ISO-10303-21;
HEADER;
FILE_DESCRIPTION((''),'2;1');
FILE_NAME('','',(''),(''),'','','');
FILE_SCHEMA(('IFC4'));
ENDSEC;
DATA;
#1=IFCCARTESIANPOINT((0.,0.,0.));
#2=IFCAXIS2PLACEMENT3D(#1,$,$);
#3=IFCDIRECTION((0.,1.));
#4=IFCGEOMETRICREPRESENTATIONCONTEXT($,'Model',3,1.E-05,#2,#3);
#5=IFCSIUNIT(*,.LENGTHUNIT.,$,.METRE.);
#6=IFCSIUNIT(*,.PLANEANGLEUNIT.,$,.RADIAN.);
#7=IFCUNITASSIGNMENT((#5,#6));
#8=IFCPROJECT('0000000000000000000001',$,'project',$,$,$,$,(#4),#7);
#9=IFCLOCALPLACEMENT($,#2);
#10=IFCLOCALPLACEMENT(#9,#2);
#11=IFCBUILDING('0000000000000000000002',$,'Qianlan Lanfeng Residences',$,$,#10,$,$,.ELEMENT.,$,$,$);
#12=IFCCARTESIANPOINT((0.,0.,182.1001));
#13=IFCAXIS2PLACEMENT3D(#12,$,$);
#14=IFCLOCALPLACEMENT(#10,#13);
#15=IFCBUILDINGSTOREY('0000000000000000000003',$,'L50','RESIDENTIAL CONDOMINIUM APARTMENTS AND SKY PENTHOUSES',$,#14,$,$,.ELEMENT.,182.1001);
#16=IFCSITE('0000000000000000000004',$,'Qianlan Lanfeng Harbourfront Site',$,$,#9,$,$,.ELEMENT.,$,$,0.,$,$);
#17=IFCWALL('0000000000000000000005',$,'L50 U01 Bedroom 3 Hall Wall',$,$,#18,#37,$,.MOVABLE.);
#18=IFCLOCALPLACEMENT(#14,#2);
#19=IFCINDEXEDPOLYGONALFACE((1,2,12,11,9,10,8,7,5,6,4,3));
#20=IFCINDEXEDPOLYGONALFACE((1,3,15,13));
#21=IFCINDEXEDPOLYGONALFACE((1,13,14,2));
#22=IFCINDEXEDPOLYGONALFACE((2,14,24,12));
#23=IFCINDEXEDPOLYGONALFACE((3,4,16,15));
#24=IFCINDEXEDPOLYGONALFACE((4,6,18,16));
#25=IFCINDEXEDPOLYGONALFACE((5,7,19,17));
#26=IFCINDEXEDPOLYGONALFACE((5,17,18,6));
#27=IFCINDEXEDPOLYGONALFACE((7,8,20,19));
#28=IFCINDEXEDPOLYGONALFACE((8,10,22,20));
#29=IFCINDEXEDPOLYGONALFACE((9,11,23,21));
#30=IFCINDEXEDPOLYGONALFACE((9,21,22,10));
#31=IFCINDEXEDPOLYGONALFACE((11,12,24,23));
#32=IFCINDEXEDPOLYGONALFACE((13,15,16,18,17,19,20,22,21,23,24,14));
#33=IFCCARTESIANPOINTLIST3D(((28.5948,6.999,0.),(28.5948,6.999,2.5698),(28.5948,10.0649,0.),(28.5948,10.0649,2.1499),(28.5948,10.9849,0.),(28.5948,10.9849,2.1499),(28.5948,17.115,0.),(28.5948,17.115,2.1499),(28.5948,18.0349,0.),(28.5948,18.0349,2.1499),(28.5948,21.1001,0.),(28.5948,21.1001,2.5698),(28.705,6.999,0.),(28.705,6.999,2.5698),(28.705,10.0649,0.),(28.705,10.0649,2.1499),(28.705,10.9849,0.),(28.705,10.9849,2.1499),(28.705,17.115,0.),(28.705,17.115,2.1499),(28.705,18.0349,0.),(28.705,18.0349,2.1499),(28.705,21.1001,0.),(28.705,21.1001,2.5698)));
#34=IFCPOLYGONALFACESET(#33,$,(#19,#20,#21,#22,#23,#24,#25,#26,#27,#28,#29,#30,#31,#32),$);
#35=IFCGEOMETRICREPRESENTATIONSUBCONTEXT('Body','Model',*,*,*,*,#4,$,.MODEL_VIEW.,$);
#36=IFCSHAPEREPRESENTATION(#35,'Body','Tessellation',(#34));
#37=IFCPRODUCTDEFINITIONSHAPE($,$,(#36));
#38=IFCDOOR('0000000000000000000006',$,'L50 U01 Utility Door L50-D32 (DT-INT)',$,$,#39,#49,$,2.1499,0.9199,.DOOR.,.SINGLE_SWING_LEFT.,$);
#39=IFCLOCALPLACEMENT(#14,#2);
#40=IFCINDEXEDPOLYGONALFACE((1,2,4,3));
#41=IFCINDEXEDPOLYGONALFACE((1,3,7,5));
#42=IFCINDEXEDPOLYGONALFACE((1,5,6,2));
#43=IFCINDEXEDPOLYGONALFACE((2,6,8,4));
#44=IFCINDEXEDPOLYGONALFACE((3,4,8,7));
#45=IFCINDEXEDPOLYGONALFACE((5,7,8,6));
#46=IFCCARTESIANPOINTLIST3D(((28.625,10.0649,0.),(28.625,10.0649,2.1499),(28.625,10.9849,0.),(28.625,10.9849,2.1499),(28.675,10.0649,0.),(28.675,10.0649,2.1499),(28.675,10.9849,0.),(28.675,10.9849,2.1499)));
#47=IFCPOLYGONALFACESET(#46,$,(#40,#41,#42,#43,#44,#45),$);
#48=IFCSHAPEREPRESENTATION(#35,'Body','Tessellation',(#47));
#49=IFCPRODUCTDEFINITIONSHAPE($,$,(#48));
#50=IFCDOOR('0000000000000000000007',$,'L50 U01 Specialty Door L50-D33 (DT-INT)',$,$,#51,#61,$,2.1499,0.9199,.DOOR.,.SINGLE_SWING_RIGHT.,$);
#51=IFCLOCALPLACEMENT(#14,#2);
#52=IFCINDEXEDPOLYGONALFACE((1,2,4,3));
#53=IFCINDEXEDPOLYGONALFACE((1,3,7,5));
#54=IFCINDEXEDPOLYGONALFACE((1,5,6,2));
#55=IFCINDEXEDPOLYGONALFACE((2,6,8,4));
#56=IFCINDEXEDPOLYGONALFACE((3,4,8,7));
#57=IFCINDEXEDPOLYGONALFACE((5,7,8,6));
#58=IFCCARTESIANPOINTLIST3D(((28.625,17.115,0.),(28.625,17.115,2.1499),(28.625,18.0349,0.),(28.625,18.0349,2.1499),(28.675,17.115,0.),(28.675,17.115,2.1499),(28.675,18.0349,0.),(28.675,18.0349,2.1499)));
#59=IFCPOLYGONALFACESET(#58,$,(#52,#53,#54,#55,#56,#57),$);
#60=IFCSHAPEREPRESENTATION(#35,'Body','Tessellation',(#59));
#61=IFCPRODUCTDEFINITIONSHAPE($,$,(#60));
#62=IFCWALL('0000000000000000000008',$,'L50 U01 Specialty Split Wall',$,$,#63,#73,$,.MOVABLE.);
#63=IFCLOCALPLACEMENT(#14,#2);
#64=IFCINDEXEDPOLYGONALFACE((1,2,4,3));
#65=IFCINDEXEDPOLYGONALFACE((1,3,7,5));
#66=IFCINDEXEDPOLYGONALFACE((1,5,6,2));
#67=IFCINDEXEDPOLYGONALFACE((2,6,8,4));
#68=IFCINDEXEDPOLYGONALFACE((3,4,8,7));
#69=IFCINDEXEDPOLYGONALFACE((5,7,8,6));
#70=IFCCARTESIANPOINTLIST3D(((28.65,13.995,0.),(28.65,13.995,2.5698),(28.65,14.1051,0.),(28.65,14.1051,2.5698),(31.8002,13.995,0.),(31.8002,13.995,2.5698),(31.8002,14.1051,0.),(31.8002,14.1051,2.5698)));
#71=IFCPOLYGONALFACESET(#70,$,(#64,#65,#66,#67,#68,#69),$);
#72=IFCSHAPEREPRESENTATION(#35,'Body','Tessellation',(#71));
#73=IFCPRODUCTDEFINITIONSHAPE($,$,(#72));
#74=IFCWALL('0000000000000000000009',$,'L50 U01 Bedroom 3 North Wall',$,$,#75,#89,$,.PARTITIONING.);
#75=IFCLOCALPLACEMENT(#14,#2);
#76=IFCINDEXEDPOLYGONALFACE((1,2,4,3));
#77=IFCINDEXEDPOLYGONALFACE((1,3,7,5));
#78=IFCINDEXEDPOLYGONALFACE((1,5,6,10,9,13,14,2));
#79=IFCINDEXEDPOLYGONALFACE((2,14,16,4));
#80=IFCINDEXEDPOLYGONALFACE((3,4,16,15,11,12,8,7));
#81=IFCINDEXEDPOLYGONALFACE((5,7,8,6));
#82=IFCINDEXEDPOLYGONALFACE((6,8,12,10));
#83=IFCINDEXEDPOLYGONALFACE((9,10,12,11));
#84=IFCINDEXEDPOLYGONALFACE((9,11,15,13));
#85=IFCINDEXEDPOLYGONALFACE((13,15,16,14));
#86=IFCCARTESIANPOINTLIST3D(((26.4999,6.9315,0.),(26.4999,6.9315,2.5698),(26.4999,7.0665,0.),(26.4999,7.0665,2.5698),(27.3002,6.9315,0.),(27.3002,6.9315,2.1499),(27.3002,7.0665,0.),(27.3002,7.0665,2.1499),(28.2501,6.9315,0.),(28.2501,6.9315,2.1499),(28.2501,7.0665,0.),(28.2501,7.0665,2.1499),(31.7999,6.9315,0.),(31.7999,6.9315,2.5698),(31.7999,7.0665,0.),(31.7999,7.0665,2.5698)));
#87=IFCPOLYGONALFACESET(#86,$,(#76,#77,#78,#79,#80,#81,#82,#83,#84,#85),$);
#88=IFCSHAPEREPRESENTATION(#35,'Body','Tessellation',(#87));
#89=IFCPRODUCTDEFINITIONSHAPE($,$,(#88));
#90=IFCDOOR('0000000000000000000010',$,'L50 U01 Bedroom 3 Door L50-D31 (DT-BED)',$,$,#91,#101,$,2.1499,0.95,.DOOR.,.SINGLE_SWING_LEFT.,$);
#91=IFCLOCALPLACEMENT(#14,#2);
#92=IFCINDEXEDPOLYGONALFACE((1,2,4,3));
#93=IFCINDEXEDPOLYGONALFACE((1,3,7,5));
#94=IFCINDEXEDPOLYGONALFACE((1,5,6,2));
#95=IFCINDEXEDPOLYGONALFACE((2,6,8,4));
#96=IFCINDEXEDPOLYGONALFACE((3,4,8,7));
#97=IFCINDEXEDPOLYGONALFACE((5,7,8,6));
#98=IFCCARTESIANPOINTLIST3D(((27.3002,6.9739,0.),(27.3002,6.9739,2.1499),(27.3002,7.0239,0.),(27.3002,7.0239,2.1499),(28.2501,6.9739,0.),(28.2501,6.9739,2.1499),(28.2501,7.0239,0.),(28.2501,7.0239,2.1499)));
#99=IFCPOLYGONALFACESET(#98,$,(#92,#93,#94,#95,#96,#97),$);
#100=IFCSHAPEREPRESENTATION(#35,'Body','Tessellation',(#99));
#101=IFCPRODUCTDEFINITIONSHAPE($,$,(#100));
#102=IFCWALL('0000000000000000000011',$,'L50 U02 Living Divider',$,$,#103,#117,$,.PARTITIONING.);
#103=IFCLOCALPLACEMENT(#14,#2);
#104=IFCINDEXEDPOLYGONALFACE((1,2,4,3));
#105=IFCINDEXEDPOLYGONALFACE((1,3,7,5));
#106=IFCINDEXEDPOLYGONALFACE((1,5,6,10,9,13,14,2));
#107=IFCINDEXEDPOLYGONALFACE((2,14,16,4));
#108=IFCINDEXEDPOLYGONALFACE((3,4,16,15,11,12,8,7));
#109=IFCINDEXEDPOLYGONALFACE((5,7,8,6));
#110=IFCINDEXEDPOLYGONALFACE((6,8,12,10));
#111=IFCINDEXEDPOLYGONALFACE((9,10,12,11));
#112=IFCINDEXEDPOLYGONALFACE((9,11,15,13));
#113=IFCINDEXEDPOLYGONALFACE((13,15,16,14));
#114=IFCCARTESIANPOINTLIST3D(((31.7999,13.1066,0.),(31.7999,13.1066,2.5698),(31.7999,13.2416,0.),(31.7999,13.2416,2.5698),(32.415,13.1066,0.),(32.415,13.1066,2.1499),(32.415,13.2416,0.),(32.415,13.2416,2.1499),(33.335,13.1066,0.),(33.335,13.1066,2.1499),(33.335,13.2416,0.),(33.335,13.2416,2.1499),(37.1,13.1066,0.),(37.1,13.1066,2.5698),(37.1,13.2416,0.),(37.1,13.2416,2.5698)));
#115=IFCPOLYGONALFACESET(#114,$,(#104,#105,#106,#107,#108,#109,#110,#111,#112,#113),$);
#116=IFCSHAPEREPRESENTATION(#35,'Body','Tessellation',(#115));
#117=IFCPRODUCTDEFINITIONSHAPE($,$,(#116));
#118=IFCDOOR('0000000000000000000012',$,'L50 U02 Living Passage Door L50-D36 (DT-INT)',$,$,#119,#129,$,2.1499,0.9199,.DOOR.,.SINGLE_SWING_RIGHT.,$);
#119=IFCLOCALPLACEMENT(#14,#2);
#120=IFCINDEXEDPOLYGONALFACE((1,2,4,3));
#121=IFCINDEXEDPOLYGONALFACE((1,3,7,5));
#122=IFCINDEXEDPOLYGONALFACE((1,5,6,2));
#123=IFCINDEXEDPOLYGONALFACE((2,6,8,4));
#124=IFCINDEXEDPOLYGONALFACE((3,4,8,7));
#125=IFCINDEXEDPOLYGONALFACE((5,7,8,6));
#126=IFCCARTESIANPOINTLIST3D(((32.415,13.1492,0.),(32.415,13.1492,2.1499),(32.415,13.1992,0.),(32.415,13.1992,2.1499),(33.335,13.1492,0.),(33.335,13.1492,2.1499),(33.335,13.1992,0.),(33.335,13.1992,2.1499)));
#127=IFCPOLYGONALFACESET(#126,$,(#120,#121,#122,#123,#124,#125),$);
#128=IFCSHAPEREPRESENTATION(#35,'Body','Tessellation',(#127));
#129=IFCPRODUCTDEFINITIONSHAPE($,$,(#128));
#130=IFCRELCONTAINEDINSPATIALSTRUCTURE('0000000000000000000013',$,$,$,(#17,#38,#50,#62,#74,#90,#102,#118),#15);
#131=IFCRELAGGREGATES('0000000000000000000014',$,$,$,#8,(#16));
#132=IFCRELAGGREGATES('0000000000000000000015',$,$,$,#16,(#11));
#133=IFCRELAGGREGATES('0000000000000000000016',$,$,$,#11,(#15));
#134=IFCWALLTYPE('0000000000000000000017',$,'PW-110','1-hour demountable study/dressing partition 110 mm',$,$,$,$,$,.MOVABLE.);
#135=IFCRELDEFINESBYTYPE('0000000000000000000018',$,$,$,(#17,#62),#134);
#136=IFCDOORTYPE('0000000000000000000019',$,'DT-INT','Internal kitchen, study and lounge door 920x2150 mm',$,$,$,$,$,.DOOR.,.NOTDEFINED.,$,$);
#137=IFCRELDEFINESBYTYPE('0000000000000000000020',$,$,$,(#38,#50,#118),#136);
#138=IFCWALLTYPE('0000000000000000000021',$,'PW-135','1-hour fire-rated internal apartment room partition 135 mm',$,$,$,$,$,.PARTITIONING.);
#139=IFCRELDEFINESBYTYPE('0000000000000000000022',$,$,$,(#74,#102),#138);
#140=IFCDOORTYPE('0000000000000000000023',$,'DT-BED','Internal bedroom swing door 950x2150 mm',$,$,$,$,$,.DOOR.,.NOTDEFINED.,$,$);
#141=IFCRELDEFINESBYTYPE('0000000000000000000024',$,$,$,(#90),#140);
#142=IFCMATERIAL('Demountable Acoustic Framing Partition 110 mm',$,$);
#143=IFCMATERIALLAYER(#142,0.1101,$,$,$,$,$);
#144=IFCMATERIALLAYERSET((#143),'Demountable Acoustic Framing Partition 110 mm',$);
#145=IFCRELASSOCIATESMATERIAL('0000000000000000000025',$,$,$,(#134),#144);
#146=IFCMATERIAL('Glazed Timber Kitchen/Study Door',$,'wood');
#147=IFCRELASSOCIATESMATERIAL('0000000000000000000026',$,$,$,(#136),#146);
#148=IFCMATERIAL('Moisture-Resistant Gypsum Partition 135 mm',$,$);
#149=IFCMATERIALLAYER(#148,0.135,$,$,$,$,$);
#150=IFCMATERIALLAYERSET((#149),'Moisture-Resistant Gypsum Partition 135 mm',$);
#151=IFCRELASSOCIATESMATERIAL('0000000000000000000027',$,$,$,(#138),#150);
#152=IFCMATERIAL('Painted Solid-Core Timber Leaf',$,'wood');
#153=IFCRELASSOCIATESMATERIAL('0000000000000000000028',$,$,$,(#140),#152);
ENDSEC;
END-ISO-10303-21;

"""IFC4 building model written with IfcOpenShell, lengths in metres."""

from ifc_helpers import new_model, si_unit, direction, frame, frame_2d, origin, place, context, subcontext, project, spatial, rectangle, extrude, material, layer, layer_set, type_object, element, fill, save


model = new_model("IFC4")

# Units and contexts
model_context = context("Model", 3, precision=1e-05, world=origin(), true_north=direction((0.0, 1.0)))
body_context = subcontext(model_context, "Body", "Model", "MODEL_VIEW")
ifc_project = project(units=[si_unit("LENGTHUNIT", "METRE"), si_unit("PLANEANGLEUNIT", "RADIAN")], contexts=[model_context])

# Site, building, storey
site_placement = place(None, origin())
site = spatial("IfcSite", under=ifc_project, at=site_placement, Name="Qianlan Lanfeng Harbourfront Site", CompositionType="ELEMENT", RefElevation=0.0)
building_placement = place(site_placement, origin())
building = spatial("IfcBuilding", under=site, at=building_placement, Name="Qianlan Lanfeng Residences", CompositionType="ELEMENT")
storey_placement = place(building_placement, frame((0.0, 0.0, 182.1001)))
storey = spatial("IfcBuildingStorey", under=building, at=storey_placement, Name="L50", Description="RESIDENTIAL CONDOMINIUM APARTMENTS AND SKY PENTHOUSES", CompositionType="ELEMENT", Elevation=182.1001)

# Shared definitions
ifc_material_1 = material(Name="Demountable Acoustic Framing Partition 110 mm")
ifc_layer_1 = layer(ifc_material_1, 0.1101)
ifc_layer_set_1 = layer_set([ifc_layer_1], Name="Demountable Acoustic Framing Partition 110 mm")
wall_type_1 = type_object("IfcWallType", Name="PW-110", Description="1-hour demountable study/dressing partition 110 mm", PredefinedType="MOVABLE", material=ifc_layer_set_1)
ifc_material_2 = material(Name="Glazed Timber Kitchen/Study Door", Category="wood")
door_type_1 = type_object("IfcDoorType", Name="DT-INT", Description="Internal kitchen, study and lounge door 920x2150 mm", OperationType="NOTDEFINED", PredefinedType="DOOR", material=ifc_material_2)

# Wall, openings, doors
wall_1_placement = place(storey_placement, frame((28.6499, 6.999, 0.0), z_axis=(0.0, 0.0, 1.0), x_axis=(0.0, 1.0, 0.0)))
wall_1 = element("IfcWall", 1, at=wall_1_placement, inside=storey, type_object=wall_type_1, Name="L50 U01 Bedroom 3 Hall Wall", PredefinedType="MOVABLE", context=body_context, shape_type="SweptSolid", body=[
    extrude(rectangle(XDim=14.1011, YDim=0.1101, at=frame_2d((7.0505, 0.0))), origin(), (0.0, 0.0, 1.0), 2.5698),
])
opening_1_placement = place(wall_1_placement, frame((3.0659, 0.0, 0.0)))
opening_1 = element("IfcOpeningElement", 2, at=opening_1_placement, cuts=wall_1, PredefinedType="OPENING", context=body_context, shape_type="SweptSolid", body=[
    extrude(rectangle(XDim=0.9199, YDim=2.1499, at=frame_2d((0.46, 1.075))), frame((0.0, 0.0649, 0.0), z_axis=(0.0, -1.0, 0.0), x_axis=(1.0, 0.0, 0.0)), (0.0, 0.0, 1.0), 0.1301),
])
opening_2_placement = place(wall_1_placement, frame((10.116, 0.0, 0.0)))
opening_2 = element("IfcOpeningElement", 3, at=opening_2_placement, cuts=wall_1, PredefinedType="OPENING", context=body_context, shape_type="SweptSolid", body=[
    extrude(rectangle(XDim=0.9199, YDim=2.1499, at=frame_2d((0.46, 1.075))), frame((0.0, 0.0649, 0.0), z_axis=(0.0, -1.0, 0.0), x_axis=(1.0, 0.0, 0.0)), (0.0, 0.0, 1.0), 0.1301),
])
door_1_placement = place(opening_1_placement, origin())
door_1 = element("IfcDoor", 4, at=door_1_placement, inside=storey, type_object=door_type_1, Name="L50 U01 Utility Door L50-D32 (DT-INT)", OperationType="SINGLE_SWING_LEFT", OverallHeight=2.1499, OverallWidth=0.9199, PredefinedType="DOOR", context=body_context, shape_type="SweptSolid", body=[
    extrude(rectangle(XDim=0.9199, YDim=2.1499, at=frame_2d((0.46, 1.075))), frame((0.0, 0.0249, 0.0), z_axis=(0.0, -1.0, 0.0), x_axis=(1.0, 0.0, 0.0)), (0.0, 0.0, 1.0), 0.05),
])
fill(opening_1, door_1)
door_2_placement = place(opening_2_placement, origin())
door_2 = element("IfcDoor", 5, at=door_2_placement, inside=storey, type_object=door_type_1, Name="L50 U01 Specialty Door L50-D33 (DT-INT)", OperationType="SINGLE_SWING_RIGHT", OverallHeight=2.1499, OverallWidth=0.9199, PredefinedType="DOOR", context=body_context, shape_type="SweptSolid", body=[
    extrude(rectangle(XDim=0.9199, YDim=2.1499, at=frame_2d((0.46, 1.075))), frame((0.0, 0.0249, 0.0), z_axis=(0.0, -1.0, 0.0), x_axis=(1.0, 0.0, 0.0)), (0.0, 0.0, 1.0), 0.05),
])
fill(opening_2, door_2)

# Wall
wall_2_placement = place(storey_placement, frame((28.6499, 14.05, 0.0), z_axis=(0.0, 0.0, 1.0), x_axis=(1.0, 0.0, 0.0)))
element("IfcWall", 6, at=wall_2_placement, inside=storey, type_object=wall_type_1, Name="L50 U01 Specialty Split Wall", PredefinedType="MOVABLE", context=body_context, shape_type="SweptSolid", body=[
    extrude(rectangle(XDim=3.1501, YDim=0.1101, at=frame_2d((1.5752, 0.0))), origin(), (0.0, 0.0, 1.0), 2.5698),
])

# Walls, openings, doors
ifc_material_3 = material(Name="Moisture-Resistant Gypsum Partition 135 mm")
ifc_layer_2 = layer(ifc_material_3, 0.135)
ifc_layer_set_2 = layer_set([ifc_layer_2], Name="Moisture-Resistant Gypsum Partition 135 mm")
wall_type_2 = type_object("IfcWallType", Name="PW-135", Description="1-hour fire-rated internal apartment room partition 135 mm", PredefinedType="PARTITIONING", material=ifc_layer_set_2)
wall_3_placement = place(storey_placement, frame((26.5, 6.999, 0.0), z_axis=(0.0, 0.0, 1.0), x_axis=(1.0, 0.0, 0.0)))
wall_3 = element("IfcWall", 7, at=wall_3_placement, inside=storey, type_object=wall_type_2, Name="L50 U01 Bedroom 3 North Wall", PredefinedType="PARTITIONING", context=body_context, shape_type="SweptSolid", body=[
    extrude(rectangle(XDim=5.3, YDim=0.135, at=frame_2d((2.6499, 0.0))), origin(), (0.0, 0.0, 1.0), 2.5698),
])
opening_3_placement = place(wall_3_placement, frame((0.8, 0.0, 0.0)))
opening_3 = element("IfcOpeningElement", 8, at=opening_3_placement, cuts=wall_3, PredefinedType="OPENING", context=body_context, shape_type="SweptSolid", body=[
    extrude(rectangle(XDim=0.95, YDim=2.1499, at=frame_2d((0.4751, 1.075))), frame((0.0, 0.0776, 0.0), z_axis=(0.0, -1.0, 0.0), x_axis=(1.0, 0.0, 0.0)), (0.0, 0.0, 1.0), 0.155),
])
ifc_material_4 = material(Name="Painted Solid-Core Timber Leaf", Category="wood")
door_type_2 = type_object("IfcDoorType", Name="DT-BED", Description="Internal bedroom swing door 950x2150 mm", OperationType="NOTDEFINED", PredefinedType="DOOR", material=ifc_material_4)
door_3_placement = place(opening_3_placement, origin())
door_3 = element("IfcDoor", 9, at=door_3_placement, inside=storey, type_object=door_type_2, Name="L50 U01 Bedroom 3 Door L50-D31 (DT-BED)", OperationType="SINGLE_SWING_LEFT", OverallHeight=2.1499, OverallWidth=0.95, PredefinedType="DOOR", context=body_context, shape_type="SweptSolid", body=[
    extrude(rectangle(XDim=0.95, YDim=2.1499, at=frame_2d((0.4751, 1.075))), frame((0.0, 0.0249, 0.0), z_axis=(0.0, -1.0, 0.0), x_axis=(1.0, 0.0, 0.0)), (0.0, 0.0, 1.0), 0.05),
])
fill(opening_3, door_3)
wall_4_placement = place(storey_placement, frame((31.8, 13.1741, 0.0), z_axis=(0.0, 0.0, 1.0), x_axis=(1.0, 0.0, 0.0)))
wall_4 = element("IfcWall", 10, at=wall_4_placement, inside=storey, type_object=wall_type_2, Name="L50 U02 Living Divider", PredefinedType="PARTITIONING", context=body_context, shape_type="SweptSolid", body=[
    extrude(rectangle(XDim=5.3, YDim=0.135, at=frame_2d((2.6499, 0.0))), origin(), (0.0, 0.0, 1.0), 2.5698),
])
opening_4_placement = place(wall_4_placement, frame((0.615, 0.0, 0.0)))
opening_4 = element("IfcOpeningElement", 11, at=opening_4_placement, cuts=wall_4, PredefinedType="OPENING", context=body_context, shape_type="SweptSolid", body=[
    extrude(rectangle(XDim=0.9199, YDim=2.1499, at=frame_2d((0.46, 1.075))), frame((0.0, 0.0776, 0.0), z_axis=(0.0, -1.0, 0.0), x_axis=(1.0, 0.0, 0.0)), (0.0, 0.0, 1.0), 0.155),
])
door_4_placement = place(opening_4_placement, frame((0.9199, 0.0, 0.0), z_axis=(0.0, 0.0, 1.0), x_axis=(-1.0, 0.0, 0.0)))
door_4 = element("IfcDoor", 12, at=door_4_placement, inside=storey, type_object=door_type_1, Name="L50 U02 Living Passage Door L50-D36 (DT-INT)", OperationType="SINGLE_SWING_RIGHT", OverallHeight=2.1499, OverallWidth=0.9199, PredefinedType="DOOR", context=body_context, shape_type="SweptSolid", body=[
    extrude(rectangle(XDim=0.9199, YDim=2.1499, at=frame_2d((0.46, 1.075))), frame((0.0, 0.0249, 0.0), z_axis=(0.0, -1.0, 0.0), x_axis=(1.0, 0.0, 0.0)), (0.0, 0.0, 1.0), 0.05),
])
fill(opening_4, door_4)

save(model, "model.ifc")
